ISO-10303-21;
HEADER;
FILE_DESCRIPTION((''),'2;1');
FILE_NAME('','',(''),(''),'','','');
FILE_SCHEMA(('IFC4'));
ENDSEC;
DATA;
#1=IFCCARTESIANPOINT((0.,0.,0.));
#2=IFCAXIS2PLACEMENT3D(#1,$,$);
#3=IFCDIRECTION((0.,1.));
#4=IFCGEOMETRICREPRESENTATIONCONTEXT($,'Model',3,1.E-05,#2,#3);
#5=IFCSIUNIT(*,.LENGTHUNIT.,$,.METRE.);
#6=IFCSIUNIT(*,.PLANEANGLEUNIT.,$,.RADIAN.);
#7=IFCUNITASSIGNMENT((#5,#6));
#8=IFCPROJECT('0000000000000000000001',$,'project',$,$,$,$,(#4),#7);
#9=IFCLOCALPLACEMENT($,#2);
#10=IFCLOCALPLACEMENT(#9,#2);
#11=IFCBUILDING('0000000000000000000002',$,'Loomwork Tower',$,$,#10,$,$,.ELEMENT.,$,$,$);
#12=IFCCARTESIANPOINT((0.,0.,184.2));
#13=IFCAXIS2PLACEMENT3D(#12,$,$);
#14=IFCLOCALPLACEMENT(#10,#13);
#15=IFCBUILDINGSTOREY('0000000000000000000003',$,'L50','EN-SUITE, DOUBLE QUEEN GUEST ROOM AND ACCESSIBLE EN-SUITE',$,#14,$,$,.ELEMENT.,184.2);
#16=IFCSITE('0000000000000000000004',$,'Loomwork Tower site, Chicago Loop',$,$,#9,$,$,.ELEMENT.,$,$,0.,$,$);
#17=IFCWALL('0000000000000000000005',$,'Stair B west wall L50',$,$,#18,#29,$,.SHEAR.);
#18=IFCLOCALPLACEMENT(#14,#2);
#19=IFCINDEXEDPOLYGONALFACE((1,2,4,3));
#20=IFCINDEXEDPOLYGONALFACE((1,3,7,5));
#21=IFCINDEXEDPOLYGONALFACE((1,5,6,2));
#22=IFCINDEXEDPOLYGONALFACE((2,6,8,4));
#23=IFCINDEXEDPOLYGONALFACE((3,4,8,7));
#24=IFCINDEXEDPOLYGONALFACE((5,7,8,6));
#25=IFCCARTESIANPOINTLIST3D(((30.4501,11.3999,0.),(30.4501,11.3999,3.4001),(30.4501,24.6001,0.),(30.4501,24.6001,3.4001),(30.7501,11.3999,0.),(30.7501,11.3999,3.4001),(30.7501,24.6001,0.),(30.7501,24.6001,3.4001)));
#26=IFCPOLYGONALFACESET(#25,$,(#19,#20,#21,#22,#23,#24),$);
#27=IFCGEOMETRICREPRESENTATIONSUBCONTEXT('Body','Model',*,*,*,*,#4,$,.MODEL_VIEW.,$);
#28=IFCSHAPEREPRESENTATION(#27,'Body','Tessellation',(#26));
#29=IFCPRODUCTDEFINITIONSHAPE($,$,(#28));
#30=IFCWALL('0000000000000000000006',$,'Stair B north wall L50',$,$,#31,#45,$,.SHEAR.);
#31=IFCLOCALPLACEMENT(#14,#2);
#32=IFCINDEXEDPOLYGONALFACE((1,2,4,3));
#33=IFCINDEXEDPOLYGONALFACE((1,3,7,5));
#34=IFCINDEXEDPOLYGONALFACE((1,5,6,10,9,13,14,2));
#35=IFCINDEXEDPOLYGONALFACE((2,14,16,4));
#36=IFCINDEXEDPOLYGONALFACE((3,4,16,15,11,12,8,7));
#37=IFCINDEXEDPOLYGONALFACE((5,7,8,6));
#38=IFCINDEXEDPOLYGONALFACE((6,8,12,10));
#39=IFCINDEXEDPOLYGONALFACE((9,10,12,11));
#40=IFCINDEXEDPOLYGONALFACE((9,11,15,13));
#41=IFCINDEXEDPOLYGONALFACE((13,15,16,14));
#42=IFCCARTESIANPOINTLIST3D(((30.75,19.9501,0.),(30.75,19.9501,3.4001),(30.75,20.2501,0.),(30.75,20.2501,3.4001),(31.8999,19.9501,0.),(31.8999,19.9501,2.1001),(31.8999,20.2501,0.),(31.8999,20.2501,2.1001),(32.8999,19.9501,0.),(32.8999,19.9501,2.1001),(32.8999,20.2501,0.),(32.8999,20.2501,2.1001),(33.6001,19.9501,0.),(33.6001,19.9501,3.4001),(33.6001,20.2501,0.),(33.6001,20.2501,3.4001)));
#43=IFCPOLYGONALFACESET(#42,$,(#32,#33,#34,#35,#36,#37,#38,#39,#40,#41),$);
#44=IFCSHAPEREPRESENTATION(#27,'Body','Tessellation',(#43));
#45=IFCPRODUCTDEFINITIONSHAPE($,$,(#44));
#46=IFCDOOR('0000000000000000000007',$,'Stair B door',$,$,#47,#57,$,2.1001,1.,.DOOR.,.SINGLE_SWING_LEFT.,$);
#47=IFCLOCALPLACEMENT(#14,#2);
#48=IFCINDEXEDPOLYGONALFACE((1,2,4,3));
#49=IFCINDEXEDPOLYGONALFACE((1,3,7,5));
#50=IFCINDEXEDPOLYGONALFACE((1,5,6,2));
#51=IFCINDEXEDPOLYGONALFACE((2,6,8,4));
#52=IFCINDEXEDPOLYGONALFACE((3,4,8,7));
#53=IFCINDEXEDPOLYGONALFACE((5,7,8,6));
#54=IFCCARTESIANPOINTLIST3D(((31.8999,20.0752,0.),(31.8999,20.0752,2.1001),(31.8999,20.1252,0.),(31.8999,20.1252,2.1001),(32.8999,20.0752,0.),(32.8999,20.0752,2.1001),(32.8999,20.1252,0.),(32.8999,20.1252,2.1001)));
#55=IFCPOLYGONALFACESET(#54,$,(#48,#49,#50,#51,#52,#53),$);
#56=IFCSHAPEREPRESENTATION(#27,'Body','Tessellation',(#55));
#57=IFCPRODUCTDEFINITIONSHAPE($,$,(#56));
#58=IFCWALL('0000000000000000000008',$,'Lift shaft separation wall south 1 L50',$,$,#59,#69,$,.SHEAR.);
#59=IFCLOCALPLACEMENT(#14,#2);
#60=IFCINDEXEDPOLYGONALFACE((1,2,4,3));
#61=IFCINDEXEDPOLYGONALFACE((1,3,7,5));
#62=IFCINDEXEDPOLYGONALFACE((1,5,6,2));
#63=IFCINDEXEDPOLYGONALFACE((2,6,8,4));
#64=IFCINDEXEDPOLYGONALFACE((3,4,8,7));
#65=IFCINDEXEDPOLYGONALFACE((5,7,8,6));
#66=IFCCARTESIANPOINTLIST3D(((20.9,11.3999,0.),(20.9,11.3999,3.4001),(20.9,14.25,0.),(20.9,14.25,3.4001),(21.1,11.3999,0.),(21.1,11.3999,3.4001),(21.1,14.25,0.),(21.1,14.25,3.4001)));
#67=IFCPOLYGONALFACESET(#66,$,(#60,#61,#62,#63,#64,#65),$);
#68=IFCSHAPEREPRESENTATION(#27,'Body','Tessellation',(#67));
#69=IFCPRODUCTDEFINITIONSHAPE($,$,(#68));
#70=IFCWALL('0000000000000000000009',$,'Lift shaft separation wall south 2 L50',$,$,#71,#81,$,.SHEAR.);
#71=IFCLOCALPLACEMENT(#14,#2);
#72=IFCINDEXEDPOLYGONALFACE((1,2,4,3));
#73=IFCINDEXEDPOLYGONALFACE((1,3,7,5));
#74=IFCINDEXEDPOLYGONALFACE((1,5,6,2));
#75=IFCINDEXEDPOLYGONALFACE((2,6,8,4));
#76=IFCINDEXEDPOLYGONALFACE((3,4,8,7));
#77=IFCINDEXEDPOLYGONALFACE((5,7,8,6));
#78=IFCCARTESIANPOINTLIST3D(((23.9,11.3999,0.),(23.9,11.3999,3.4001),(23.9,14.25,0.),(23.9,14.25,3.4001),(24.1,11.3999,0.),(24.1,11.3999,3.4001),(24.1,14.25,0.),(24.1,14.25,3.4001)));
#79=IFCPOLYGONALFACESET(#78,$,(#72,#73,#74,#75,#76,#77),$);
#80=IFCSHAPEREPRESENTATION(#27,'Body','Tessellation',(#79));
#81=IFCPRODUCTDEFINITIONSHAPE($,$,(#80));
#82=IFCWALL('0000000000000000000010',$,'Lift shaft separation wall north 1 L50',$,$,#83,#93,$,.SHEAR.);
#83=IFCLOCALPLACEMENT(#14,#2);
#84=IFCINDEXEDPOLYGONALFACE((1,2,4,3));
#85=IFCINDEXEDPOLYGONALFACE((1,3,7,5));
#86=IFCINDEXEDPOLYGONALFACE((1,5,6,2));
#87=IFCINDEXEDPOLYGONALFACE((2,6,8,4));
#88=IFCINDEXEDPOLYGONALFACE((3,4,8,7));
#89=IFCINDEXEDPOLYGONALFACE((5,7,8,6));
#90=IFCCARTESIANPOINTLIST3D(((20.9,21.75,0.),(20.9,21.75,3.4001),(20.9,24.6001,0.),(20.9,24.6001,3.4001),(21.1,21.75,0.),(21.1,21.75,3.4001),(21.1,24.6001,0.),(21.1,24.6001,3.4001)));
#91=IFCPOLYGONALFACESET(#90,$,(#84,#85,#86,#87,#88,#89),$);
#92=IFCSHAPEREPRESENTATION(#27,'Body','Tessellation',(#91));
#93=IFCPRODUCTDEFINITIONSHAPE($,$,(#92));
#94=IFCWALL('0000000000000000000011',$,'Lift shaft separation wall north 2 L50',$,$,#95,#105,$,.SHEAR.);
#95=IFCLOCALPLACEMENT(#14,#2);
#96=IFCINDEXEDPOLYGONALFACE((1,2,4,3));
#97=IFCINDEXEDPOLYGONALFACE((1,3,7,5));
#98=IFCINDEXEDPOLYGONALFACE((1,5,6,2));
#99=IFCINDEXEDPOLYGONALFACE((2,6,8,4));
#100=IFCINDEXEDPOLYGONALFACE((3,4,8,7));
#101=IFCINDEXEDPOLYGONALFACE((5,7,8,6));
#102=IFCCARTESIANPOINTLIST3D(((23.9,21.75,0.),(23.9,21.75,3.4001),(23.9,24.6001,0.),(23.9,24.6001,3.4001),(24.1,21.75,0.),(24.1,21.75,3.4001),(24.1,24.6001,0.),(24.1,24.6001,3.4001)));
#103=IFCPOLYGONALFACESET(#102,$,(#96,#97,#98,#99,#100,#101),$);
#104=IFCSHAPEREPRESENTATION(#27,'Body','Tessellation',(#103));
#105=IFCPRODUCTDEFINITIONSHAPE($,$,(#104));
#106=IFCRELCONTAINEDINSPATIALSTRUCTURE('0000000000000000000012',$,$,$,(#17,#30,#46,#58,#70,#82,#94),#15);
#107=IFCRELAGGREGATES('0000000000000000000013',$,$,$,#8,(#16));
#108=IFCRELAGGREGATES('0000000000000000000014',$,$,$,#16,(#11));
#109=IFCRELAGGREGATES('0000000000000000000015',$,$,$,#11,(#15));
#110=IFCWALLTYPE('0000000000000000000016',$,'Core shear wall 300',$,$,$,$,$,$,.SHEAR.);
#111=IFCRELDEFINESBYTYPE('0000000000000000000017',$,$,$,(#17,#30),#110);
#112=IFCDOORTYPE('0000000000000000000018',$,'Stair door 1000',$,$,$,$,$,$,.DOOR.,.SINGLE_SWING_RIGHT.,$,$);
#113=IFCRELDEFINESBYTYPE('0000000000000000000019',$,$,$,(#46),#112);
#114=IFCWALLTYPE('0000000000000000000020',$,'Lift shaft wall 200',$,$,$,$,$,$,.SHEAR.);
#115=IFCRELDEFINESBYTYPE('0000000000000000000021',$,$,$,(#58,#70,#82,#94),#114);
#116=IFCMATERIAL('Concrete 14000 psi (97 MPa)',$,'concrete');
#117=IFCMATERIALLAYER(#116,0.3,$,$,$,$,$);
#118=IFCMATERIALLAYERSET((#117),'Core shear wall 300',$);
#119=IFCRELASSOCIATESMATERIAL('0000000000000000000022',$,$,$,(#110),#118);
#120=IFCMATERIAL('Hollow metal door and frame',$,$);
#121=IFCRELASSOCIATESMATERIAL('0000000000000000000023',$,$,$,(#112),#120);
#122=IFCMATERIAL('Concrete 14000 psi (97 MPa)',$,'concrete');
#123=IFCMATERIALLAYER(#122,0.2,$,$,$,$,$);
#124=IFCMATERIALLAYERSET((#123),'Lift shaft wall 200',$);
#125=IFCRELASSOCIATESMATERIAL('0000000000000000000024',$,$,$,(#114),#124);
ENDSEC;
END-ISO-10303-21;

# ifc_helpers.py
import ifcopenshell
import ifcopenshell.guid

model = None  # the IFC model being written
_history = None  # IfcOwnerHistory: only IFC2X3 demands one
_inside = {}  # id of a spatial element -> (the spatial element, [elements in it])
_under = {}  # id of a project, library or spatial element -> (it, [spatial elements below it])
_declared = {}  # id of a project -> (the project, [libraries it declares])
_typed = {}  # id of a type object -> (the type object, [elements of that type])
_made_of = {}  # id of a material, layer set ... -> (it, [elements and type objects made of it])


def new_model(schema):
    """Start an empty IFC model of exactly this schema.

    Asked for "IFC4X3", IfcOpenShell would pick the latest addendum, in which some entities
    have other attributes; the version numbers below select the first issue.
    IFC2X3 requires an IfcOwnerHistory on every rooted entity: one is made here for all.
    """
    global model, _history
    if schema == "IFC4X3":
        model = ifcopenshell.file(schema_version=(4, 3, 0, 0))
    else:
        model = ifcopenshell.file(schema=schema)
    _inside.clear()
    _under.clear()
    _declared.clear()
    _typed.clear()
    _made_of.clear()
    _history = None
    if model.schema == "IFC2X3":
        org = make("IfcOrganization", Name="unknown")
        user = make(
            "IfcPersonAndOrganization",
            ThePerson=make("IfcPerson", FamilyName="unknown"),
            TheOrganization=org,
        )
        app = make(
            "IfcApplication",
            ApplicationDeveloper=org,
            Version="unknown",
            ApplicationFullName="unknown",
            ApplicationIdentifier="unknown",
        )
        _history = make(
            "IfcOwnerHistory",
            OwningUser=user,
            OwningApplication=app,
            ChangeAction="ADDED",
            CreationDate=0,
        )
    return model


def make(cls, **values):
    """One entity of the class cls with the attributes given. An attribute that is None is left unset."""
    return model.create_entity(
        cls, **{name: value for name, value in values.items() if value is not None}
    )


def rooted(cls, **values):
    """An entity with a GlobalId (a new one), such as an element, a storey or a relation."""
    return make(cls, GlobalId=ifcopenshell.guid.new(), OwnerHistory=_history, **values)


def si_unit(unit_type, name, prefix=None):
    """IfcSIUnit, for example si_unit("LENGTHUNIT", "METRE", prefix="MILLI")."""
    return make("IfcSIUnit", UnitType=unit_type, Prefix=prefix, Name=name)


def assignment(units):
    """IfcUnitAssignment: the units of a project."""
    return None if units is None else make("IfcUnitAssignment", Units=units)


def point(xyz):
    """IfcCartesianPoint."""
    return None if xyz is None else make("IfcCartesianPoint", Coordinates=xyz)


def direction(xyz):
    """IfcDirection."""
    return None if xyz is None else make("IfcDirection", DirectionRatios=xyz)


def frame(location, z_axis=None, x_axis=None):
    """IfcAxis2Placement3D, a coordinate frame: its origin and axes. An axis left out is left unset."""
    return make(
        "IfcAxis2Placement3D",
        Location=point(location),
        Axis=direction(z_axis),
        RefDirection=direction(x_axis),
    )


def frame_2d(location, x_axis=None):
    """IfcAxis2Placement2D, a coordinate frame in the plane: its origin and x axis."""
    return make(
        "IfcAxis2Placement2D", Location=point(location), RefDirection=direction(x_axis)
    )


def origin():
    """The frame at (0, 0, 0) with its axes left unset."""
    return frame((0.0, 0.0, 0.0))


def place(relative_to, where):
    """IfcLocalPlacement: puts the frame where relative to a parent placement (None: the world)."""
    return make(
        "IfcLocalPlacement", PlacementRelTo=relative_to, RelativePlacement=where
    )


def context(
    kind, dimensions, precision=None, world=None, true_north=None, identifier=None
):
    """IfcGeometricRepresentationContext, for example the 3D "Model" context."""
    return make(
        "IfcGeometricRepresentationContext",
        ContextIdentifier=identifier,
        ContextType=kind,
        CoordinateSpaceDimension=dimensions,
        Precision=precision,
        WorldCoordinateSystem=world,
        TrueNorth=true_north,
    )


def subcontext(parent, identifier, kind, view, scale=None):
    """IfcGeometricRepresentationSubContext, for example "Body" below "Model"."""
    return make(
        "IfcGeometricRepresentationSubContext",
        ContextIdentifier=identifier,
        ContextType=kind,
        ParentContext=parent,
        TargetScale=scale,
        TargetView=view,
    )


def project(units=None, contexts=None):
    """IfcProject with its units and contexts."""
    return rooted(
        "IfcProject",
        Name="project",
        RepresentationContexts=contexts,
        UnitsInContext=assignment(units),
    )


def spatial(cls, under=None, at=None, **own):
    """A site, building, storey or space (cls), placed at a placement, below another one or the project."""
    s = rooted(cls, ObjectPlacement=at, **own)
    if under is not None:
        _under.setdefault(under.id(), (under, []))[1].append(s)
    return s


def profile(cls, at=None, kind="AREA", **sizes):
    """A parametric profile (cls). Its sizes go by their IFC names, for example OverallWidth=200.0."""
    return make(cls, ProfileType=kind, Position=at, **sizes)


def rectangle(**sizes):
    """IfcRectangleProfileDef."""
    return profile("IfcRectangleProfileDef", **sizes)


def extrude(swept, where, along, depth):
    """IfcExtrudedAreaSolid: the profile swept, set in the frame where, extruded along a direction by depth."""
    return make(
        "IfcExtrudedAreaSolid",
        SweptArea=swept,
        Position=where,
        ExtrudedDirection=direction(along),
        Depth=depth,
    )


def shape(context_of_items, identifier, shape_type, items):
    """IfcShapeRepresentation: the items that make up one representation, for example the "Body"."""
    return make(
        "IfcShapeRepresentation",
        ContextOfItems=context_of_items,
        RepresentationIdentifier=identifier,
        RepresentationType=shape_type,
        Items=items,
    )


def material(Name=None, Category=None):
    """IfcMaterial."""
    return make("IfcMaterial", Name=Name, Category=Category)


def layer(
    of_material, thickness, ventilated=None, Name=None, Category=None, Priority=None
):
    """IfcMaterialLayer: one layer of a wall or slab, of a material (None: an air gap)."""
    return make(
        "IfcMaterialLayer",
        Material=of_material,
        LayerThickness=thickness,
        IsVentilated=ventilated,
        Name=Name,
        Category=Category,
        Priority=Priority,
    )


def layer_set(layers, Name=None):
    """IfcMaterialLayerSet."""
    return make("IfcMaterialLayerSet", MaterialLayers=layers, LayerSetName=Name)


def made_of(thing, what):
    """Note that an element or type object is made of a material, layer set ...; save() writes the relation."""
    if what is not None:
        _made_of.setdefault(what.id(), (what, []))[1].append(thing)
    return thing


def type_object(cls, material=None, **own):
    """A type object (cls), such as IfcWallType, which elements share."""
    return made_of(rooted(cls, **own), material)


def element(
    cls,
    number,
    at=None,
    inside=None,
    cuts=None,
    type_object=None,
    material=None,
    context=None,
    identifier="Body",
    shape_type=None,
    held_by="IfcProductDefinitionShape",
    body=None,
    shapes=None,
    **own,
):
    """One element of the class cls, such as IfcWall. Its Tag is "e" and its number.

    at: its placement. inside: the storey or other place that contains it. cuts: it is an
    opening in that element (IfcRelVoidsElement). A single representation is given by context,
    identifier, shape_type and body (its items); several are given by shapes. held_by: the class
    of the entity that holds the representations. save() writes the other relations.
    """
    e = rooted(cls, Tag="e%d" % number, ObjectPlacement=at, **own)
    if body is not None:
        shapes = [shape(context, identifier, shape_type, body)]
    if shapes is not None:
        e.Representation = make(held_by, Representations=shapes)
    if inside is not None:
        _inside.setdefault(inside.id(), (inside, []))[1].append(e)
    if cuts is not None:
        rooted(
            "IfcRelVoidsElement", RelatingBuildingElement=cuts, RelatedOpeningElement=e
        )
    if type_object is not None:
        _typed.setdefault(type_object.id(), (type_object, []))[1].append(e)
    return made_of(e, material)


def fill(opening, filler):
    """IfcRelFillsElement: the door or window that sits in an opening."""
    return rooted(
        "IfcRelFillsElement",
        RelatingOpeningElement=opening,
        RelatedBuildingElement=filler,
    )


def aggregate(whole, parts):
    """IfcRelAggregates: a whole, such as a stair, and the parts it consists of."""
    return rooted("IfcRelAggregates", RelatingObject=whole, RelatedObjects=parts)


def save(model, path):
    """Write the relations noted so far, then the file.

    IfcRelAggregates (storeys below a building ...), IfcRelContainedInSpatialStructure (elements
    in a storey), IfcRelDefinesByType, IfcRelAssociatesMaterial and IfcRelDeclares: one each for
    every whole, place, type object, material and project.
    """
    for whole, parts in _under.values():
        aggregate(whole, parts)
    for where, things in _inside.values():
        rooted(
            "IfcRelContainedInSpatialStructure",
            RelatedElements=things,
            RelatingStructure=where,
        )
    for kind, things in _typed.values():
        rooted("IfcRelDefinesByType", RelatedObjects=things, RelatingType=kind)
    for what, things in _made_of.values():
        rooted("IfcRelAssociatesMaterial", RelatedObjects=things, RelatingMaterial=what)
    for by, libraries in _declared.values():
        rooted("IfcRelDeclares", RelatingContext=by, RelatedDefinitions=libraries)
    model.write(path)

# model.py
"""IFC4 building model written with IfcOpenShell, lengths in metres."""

from ifc_helpers import new_model, si_unit, direction, frame, frame_2d, origin, place, context, subcontext, project, spatial, rectangle, extrude, material, layer, layer_set, type_object, element, fill, save


model = new_model("IFC4")

# Units and contexts
model_context = context("Model", 3, precision=1e-05, world=origin(), true_north=direction((0.0, 1.0)))
body_context = subcontext(model_context, "Body", "Model", "MODEL_VIEW")
ifc_project = project(units=[si_unit("LENGTHUNIT", "METRE"), si_unit("PLANEANGLEUNIT", "RADIAN")], contexts=[model_context])

# Site, building, storey
site_placement = place(None, origin())
site = spatial("IfcSite", under=ifc_project, at=site_placement, Name="Loomwork Tower site, Chicago Loop", CompositionType="ELEMENT", RefElevation=0.0)
building_placement = place(site_placement, origin())
building = spatial("IfcBuilding", under=site, at=building_placement, Name="Loomwork Tower", CompositionType="ELEMENT")
storey_placement = place(building_placement, frame((0.0, 0.0, 184.2)))
storey = spatial("IfcBuildingStorey", under=building, at=storey_placement, Name="L50", Description="EN-SUITE, DOUBLE QUEEN GUEST ROOM AND ACCESSIBLE EN-SUITE", CompositionType="ELEMENT", Elevation=184.2)

# Shared definitions
ifc_material_1 = material(Name="Concrete 14000 psi (97 MPa)", Category="concrete")
ifc_layer_1 = layer(ifc_material_1, 0.3)
ifc_layer_set_1 = layer_set([ifc_layer_1], Name="Core shear wall 300")
wall_type_1 = type_object("IfcWallType", Name="Core shear wall 300", PredefinedType="SHEAR", material=ifc_layer_set_1)

# Wall
wall_1_placement = place(storey_placement, frame((30.6001, 11.3999, 0.0), z_axis=(0.0, 0.0, 1.0), x_axis=(0.0, 1.0, 0.0)))
element("IfcWall", 1, at=wall_1_placement, inside=storey, type_object=wall_type_1, Name="Stair B west wall L50", PredefinedType="SHEAR", context=body_context, shape_type="SweptSolid", body=[
    extrude(rectangle(XDim=13.2002, YDim=0.3, at=frame_2d((6.6001, 0.0))), origin(), (0.0, 0.0, 1.0), 3.4001),
])

# Wall, opening, door
wall_2_placement = place(storey_placement, frame((30.75, 20.1001, 0.0), z_axis=(0.0, 0.0, 1.0), x_axis=(1.0, 0.0, 0.0)))
wall_2 = element("IfcWall", 2, at=wall_2_placement, inside=storey, type_object=wall_type_1, Name="Stair B north wall L50", PredefinedType="SHEAR", context=body_context, shape_type="SweptSolid", body=[
    extrude(rectangle(XDim=2.8501, YDim=0.3, at=frame_2d((1.425, 0.0))), origin(), (0.0, 0.0, 1.0), 3.4001),
])
opening_1_placement = place(wall_2_placement, frame((1.1499, 0.0, 0.0)))
opening_1 = element("IfcOpeningElement", 3, at=opening_1_placement, cuts=wall_2, PredefinedType="OPENING", context=body_context, shape_type="SweptSolid", body=[
    extrude(rectangle(XDim=1.0, YDim=2.1001, at=frame_2d((0.5, 1.05))), frame((0.0, 0.1599, 0.0), z_axis=(0.0, -1.0, 0.0), x_axis=(1.0, 0.0, 0.0)), (0.0, 0.0, 1.0), 0.3201),
])
ifc_material_2 = material(Name="Hollow metal door and frame")
door_type_1 = type_object("IfcDoorType", Name="Stair door 1000", OperationType="SINGLE_SWING_RIGHT", PredefinedType="DOOR", material=ifc_material_2)
door_1_placement = place(opening_1_placement, frame((1.0, 0.0, 0.0), z_axis=(0.0, 0.0, 1.0), x_axis=(-1.0, 0.0, 0.0)))
door_1 = element("IfcDoor", 4, at=door_1_placement, inside=storey, type_object=door_type_1, Name="Stair B door", OperationType="SINGLE_SWING_LEFT", OverallHeight=2.1001, OverallWidth=1.0, PredefinedType="DOOR", context=body_context, shape_type="SweptSolid", body=[
    extrude(rectangle(XDim=1.0, YDim=2.1001, at=frame_2d((0.5, 1.05))), frame((0.0, 0.0249, 0.0), z_axis=(0.0, -1.0, 0.0), x_axis=(1.0, 0.0, 0.0)), (0.0, 0.0, 1.0), 0.05),
])
fill(opening_1, door_1)

# Walls
ifc_material_3 = material(Name="Concrete 14000 psi (97 MPa)", Category="concrete")
ifc_layer_2 = layer(ifc_material_3, 0.2)
ifc_layer_set_2 = layer_set([ifc_layer_2], Name="Lift shaft wall 200")
wall_type_2 = type_object("IfcWallType", Name="Lift shaft wall 200", PredefinedType="SHEAR", material=ifc_layer_set_2)
for number, where, z_axis, x_axis, name in (
    (5, (21.0, 11.3999, 0.0), (0.0, 0.0, 1.0), (0.0, 1.0, 0.0), "Lift shaft separation wall south 1 L50"),
    (6, (24.0, 11.3999, 0.0), (0.0, 0.0, 1.0), (0.0, 1.0, 0.0), "Lift shaft separation wall south 2 L50"),
    (7, (21.0, 21.75, 0.0), (0.0, 0.0, 1.0), (0.0, 1.0, 0.0), "Lift shaft separation wall north 1 L50"),
    (8, (24.0, 21.75, 0.0), (0.0, 0.0, 1.0), (0.0, 1.0, 0.0), "Lift shaft separation wall north 2 L50"),
):
    element("IfcWall", number, at=place(storey_placement, frame(where, z_axis=z_axis, x_axis=x_axis)), inside=storey, type_object=wall_type_2, Name=name, PredefinedType="SHEAR", context=body_context, shape_type="SweptSolid", body=[
        extrude(rectangle(XDim=2.8501, YDim=0.2, at=frame_2d((1.425, 0.0))), origin(), (0.0, 0.0, 1.0), 3.4001),
    ])

save(model, "model.ifc")
